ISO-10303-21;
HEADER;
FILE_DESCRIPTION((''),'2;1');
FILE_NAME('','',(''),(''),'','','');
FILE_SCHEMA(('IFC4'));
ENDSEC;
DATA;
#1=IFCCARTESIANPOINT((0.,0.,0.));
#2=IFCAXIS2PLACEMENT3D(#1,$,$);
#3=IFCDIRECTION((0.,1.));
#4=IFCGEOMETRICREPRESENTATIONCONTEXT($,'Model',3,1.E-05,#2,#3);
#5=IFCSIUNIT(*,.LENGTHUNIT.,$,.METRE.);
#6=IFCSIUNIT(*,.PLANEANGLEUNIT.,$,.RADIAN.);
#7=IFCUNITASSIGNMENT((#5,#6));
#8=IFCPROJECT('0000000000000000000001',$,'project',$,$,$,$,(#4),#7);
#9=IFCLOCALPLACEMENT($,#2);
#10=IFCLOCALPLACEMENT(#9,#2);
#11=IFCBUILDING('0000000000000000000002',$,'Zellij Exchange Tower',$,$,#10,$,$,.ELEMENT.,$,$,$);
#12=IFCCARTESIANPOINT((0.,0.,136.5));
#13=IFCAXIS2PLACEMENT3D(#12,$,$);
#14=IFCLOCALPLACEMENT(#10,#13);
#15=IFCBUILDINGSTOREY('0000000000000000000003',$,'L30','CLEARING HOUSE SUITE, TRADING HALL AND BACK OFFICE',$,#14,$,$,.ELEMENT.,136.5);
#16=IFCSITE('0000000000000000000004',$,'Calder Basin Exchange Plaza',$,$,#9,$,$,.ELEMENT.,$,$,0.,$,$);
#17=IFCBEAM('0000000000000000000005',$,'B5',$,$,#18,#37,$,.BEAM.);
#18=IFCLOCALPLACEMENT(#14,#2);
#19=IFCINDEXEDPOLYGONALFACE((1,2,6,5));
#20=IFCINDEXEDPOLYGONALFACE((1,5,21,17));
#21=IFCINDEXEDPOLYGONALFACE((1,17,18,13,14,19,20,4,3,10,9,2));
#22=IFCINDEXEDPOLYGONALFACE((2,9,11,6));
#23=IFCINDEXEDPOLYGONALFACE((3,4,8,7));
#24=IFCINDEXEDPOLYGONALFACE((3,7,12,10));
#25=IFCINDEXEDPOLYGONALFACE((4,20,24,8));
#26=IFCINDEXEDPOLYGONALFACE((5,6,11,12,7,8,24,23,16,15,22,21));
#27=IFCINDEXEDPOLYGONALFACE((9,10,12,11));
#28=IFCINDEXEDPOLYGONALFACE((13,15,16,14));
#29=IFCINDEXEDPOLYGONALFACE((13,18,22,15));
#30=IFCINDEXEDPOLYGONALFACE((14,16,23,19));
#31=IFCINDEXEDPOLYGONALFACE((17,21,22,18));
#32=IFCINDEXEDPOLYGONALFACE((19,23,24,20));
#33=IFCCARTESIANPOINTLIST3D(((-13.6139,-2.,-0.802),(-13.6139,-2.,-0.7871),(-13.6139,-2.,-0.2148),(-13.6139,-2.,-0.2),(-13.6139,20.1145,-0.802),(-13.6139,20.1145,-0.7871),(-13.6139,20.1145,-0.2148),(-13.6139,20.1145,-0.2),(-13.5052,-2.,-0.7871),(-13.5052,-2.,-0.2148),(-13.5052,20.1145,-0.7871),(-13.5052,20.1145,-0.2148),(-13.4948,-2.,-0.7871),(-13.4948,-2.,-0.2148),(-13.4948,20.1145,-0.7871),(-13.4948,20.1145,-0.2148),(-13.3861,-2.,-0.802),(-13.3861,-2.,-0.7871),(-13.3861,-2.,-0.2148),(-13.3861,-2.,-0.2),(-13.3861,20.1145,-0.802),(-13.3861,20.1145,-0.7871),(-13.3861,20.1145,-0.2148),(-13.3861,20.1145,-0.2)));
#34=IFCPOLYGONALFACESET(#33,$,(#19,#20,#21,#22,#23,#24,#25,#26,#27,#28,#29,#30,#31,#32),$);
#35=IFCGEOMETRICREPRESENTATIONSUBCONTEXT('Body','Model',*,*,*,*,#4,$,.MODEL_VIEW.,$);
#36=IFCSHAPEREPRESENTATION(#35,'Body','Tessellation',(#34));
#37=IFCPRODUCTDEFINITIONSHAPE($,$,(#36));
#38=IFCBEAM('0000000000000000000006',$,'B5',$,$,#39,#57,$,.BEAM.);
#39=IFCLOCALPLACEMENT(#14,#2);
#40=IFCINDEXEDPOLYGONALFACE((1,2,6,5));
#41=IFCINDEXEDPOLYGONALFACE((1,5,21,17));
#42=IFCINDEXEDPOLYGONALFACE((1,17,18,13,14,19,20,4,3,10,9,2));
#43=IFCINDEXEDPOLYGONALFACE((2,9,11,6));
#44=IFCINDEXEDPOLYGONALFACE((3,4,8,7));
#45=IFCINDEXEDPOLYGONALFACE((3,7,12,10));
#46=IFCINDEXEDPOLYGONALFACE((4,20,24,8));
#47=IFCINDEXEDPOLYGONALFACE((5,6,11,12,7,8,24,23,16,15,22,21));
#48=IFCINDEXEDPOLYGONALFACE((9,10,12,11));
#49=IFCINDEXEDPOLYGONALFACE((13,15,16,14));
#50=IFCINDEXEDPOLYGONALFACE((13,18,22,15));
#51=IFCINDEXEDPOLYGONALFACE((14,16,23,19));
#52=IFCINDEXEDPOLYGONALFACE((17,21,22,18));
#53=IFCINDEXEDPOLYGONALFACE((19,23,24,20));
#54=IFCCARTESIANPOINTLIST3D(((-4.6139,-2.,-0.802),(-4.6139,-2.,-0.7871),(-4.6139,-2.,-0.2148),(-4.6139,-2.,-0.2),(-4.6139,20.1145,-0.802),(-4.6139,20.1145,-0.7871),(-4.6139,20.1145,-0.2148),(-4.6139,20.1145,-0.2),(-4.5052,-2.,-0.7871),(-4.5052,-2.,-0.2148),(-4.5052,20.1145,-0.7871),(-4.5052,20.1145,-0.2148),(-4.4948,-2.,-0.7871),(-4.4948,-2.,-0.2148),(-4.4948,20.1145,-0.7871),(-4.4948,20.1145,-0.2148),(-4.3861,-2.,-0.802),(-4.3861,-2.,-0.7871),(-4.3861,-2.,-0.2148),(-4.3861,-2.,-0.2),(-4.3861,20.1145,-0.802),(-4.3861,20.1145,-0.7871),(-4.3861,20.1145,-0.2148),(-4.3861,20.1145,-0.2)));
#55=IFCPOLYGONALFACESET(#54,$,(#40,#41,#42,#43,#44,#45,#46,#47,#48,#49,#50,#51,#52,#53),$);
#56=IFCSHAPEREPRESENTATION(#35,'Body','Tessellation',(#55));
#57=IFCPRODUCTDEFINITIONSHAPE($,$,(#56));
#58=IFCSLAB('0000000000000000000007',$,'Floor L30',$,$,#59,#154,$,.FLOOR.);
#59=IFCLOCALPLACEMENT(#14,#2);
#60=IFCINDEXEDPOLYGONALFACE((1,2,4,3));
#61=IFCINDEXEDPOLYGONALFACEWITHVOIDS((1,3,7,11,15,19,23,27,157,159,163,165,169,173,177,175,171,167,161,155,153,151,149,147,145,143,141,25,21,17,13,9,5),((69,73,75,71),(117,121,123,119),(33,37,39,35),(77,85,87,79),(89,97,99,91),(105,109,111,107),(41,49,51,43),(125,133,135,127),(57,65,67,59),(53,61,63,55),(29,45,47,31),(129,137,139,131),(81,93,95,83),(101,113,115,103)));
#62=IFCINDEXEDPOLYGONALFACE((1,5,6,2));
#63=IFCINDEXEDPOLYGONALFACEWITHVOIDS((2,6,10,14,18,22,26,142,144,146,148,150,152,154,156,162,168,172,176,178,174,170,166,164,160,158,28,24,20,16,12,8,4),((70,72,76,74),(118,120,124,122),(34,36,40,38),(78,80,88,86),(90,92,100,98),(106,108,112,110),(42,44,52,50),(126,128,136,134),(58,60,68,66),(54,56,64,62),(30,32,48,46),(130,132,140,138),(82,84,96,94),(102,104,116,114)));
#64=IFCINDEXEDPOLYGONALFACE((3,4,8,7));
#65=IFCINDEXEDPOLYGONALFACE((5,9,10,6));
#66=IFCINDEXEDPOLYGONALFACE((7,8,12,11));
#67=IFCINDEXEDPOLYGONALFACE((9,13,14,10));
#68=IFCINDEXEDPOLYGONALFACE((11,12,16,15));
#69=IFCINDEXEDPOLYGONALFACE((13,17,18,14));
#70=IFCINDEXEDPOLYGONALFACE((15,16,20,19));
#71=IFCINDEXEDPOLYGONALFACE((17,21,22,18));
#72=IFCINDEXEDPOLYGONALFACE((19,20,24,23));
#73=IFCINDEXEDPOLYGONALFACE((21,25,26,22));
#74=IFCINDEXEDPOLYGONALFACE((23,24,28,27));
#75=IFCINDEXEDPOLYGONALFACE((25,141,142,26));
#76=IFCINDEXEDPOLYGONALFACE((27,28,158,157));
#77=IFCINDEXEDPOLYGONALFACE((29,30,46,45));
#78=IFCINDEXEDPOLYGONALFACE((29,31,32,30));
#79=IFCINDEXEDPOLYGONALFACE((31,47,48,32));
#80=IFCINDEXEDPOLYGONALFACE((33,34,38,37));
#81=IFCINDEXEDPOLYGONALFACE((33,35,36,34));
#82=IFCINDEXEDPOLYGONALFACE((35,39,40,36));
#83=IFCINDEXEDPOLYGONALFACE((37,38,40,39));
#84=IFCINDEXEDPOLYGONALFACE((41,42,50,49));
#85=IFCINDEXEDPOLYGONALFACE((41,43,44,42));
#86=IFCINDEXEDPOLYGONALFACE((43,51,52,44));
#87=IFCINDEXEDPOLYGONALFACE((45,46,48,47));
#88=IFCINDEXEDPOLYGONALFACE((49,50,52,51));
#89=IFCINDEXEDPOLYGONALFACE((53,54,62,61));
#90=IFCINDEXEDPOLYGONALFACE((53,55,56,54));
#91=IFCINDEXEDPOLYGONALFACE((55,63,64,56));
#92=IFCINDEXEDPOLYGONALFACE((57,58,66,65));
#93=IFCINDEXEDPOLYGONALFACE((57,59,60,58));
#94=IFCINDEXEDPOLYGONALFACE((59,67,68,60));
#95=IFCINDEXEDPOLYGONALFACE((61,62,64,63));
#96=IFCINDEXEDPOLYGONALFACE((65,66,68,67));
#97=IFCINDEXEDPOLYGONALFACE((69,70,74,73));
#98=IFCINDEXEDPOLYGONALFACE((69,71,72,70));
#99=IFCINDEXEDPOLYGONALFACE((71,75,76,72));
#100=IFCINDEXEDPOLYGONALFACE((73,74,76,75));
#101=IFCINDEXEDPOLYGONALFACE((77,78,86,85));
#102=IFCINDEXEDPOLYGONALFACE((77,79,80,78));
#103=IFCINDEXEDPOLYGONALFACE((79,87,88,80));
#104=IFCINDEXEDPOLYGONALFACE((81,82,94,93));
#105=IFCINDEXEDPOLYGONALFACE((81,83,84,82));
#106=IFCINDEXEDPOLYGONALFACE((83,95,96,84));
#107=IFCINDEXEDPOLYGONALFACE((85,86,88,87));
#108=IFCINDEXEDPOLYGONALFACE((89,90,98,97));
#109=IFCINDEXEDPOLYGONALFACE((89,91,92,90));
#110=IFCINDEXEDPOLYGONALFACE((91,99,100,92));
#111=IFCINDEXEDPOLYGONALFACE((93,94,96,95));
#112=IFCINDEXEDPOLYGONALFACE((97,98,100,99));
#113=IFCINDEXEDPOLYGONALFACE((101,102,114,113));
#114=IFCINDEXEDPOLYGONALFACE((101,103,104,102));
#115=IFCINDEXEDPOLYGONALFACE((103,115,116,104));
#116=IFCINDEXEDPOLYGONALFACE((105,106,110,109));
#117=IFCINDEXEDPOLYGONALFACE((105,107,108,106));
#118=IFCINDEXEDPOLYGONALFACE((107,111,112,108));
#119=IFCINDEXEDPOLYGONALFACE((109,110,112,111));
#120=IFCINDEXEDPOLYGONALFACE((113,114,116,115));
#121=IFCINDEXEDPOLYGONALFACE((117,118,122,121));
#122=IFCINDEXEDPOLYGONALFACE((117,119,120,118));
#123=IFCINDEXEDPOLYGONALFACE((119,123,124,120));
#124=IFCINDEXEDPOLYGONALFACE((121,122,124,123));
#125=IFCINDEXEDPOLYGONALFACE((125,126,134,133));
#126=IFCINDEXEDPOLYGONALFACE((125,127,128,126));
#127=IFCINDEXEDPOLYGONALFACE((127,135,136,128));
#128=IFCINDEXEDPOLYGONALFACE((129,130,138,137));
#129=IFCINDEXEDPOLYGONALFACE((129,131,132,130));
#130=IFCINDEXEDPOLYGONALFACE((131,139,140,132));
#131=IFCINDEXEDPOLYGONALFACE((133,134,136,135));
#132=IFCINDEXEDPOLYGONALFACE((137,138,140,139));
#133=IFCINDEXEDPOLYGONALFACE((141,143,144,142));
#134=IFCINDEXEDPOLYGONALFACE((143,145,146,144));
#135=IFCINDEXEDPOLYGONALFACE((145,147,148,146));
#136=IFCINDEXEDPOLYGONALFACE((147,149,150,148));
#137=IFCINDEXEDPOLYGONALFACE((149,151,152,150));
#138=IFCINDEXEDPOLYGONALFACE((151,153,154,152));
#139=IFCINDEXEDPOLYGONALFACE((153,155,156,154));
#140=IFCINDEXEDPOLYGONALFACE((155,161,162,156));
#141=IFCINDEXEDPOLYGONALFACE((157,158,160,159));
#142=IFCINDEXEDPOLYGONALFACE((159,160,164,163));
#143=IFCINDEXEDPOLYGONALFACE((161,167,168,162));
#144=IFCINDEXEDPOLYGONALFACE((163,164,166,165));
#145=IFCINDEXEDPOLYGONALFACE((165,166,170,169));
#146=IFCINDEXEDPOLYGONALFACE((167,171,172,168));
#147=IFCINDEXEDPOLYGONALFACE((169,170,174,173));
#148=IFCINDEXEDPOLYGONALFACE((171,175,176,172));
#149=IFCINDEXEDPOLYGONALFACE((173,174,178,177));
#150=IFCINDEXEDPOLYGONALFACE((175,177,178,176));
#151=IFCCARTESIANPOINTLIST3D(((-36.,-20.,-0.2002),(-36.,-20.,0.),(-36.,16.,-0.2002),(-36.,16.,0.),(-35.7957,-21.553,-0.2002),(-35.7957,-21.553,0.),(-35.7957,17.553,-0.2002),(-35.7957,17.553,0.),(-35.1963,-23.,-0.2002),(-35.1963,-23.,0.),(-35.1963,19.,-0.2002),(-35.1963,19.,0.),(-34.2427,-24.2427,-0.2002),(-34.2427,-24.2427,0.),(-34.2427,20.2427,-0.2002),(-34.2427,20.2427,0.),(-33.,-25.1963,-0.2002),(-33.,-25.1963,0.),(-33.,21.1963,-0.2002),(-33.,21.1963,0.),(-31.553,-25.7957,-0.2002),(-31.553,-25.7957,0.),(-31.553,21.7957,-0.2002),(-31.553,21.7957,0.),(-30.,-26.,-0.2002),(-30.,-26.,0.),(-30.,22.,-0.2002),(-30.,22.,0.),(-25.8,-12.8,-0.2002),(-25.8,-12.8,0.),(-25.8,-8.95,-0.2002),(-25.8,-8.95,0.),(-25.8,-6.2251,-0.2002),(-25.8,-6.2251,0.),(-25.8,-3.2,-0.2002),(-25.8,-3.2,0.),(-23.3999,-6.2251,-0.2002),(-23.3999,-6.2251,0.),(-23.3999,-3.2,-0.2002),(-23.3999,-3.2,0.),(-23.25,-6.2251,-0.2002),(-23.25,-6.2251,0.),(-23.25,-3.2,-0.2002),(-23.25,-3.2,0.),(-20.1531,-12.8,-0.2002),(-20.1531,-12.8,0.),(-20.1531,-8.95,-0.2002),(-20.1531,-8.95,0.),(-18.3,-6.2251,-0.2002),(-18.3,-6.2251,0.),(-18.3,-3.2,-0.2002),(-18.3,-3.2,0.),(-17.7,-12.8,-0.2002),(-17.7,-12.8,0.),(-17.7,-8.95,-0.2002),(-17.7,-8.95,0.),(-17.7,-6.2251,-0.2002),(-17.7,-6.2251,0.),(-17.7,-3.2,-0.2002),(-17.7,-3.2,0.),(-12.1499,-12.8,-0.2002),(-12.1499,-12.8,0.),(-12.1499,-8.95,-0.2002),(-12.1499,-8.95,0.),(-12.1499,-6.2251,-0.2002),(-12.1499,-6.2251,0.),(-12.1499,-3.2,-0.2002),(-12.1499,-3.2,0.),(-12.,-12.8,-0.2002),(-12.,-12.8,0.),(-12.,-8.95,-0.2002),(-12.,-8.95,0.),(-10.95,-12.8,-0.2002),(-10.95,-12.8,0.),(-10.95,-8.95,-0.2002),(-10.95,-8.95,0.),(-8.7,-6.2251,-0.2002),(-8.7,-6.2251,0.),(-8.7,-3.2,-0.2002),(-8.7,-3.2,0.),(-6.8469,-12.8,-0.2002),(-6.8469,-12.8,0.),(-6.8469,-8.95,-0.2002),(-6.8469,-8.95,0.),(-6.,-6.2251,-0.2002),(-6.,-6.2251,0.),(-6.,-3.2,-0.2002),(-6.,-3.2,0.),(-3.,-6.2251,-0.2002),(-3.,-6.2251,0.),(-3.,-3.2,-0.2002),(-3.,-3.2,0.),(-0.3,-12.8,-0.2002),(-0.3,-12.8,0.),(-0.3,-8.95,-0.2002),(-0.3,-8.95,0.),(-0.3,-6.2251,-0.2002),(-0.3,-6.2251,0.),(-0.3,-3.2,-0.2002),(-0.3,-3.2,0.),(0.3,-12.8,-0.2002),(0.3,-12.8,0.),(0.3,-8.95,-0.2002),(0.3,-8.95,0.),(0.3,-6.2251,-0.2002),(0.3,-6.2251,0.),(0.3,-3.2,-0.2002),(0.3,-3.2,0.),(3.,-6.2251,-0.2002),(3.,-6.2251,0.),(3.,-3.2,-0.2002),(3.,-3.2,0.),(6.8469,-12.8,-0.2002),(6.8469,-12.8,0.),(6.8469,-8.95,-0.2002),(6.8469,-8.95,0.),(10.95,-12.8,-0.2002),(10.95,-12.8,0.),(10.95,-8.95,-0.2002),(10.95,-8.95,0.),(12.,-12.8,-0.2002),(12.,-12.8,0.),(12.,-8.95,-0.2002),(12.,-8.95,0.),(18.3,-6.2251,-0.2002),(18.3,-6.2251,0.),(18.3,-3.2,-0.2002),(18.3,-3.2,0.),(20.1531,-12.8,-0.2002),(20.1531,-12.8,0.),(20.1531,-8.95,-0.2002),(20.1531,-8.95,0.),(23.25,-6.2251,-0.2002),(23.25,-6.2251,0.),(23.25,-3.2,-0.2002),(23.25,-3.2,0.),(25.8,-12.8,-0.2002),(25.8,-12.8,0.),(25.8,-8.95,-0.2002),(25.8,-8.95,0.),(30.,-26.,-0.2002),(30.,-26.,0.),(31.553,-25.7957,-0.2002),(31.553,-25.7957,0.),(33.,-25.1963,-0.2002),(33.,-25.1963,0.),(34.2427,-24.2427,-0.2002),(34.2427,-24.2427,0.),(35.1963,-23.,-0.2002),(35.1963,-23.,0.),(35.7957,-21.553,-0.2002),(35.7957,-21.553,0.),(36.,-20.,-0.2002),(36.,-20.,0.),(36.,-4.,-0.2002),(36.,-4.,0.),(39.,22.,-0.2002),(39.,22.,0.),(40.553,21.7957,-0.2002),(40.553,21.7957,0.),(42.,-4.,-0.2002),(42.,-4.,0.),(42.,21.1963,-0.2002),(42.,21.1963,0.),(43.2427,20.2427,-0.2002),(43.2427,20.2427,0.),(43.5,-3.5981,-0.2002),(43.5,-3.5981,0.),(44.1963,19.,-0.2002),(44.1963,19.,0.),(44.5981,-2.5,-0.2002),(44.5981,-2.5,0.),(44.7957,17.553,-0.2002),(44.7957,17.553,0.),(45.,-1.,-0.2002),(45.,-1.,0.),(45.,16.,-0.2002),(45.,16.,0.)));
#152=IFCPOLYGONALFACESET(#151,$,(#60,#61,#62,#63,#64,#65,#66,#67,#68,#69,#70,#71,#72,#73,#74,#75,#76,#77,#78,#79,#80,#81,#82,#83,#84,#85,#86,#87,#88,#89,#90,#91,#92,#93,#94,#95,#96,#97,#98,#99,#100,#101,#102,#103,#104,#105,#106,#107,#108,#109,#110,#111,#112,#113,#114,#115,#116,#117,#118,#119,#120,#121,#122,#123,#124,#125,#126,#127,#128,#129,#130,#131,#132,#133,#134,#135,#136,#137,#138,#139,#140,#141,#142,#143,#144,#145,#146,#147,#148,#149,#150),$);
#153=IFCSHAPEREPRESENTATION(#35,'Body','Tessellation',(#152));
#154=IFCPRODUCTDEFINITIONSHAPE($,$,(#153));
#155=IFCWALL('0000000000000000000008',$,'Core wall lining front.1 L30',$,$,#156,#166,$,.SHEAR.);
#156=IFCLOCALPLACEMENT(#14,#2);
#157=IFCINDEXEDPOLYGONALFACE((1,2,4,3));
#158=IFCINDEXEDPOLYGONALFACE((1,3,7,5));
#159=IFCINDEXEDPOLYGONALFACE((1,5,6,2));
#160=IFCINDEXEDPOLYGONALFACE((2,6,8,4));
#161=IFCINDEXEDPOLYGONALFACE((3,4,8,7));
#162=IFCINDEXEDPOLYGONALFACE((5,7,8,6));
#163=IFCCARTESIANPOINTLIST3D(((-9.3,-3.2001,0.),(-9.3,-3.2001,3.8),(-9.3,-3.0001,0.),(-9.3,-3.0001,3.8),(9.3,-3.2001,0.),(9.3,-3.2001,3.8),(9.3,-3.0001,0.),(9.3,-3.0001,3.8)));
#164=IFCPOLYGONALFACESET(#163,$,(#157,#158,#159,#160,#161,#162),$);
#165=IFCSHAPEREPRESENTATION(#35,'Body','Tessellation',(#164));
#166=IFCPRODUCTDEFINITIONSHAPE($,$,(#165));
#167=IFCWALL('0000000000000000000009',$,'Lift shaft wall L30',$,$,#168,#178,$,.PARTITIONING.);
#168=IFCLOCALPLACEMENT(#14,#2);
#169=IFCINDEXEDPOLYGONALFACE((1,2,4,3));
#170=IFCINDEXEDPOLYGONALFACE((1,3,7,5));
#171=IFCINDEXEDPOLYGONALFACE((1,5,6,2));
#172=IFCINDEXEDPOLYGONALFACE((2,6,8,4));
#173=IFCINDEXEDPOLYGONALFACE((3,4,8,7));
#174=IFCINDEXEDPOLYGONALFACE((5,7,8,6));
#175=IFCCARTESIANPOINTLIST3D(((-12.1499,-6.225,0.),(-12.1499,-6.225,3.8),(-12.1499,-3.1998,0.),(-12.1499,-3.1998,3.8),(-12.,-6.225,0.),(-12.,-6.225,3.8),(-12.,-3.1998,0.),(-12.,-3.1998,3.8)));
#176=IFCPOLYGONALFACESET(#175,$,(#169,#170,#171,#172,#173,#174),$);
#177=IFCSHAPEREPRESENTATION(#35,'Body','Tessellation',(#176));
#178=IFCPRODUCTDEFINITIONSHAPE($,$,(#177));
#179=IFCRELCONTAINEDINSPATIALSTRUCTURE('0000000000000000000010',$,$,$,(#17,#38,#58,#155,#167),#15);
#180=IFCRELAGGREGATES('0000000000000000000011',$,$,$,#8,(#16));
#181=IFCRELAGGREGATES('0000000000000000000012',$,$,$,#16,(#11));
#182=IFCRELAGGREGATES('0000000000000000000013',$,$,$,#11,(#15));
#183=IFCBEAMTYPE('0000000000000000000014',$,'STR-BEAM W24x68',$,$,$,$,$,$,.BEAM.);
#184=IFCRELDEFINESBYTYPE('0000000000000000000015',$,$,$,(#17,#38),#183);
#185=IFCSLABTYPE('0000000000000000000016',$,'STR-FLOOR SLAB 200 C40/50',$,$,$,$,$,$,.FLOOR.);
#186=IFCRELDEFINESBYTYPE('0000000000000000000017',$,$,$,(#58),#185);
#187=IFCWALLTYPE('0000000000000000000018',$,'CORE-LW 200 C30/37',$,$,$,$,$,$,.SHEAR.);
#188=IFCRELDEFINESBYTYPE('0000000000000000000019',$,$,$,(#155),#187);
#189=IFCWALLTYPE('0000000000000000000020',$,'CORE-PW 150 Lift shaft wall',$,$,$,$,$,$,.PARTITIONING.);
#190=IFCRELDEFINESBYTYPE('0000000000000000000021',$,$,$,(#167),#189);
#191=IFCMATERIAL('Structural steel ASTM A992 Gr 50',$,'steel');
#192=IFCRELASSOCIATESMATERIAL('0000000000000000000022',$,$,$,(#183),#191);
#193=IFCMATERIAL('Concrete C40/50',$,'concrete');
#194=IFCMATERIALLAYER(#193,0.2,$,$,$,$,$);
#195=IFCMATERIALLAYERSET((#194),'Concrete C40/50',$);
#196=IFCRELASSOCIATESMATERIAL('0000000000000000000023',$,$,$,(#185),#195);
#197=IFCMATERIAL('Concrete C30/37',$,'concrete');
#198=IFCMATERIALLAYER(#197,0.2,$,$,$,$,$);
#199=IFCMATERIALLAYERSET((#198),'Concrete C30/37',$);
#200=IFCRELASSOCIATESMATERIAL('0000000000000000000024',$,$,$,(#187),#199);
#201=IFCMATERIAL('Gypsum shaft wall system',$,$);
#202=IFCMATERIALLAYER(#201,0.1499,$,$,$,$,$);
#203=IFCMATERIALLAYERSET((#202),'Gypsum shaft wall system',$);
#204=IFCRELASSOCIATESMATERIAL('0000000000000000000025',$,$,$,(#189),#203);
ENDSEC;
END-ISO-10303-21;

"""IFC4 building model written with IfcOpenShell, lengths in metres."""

from ifc_helpers import new_model, si_unit, direction, frame, frame_2d, origin, origin_2d, place, context, subcontext, project, spatial, polyline, rectangle, i_section, outline, extrude, material, layer, layer_set, material_profile, profile_set, type_object, element, save


model = new_model("IFC4")

# Units and contexts
model_context = context("Model", 3, precision=1e-05, world=origin(), true_north=direction((0.0, 1.0)))
body_context = subcontext(model_context, "Body", "Model", "MODEL_VIEW")
ifc_project = project(units=[si_unit("LENGTHUNIT", "METRE"), si_unit("PLANEANGLEUNIT", "RADIAN")], contexts=[model_context])

# Site, building, storey
site_placement = place(None, origin())
site = spatial("IfcSite", under=ifc_project, at=site_placement, Name="Calder Basin Exchange Plaza", CompositionType="ELEMENT", RefElevation=0.0)
building_placement = place(site_placement, origin())
building = spatial("IfcBuilding", under=site, at=building_placement, Name="Zellij Exchange Tower", CompositionType="ELEMENT")
storey_placement = place(building_placement, frame((0.0, 0.0, 136.5)))
storey = spatial("IfcBuildingStorey", under=building, at=storey_placement, Name="L30", Description="CLEARING HOUSE SUITE, TRADING HALL AND BACK OFFICE", CompositionType="ELEMENT", Elevation=136.5)

# Beams
ifc_material_1 = material(Name="Structural steel ASTM A992 Gr 50", Category="steel")
ifc_material_profile = material_profile(ifc_material_1, i_section(OverallWidth=0.2278, OverallDepth=0.6021, WebThickness=0.0105, FlangeThickness=0.0149, at=origin_2d()), Name="W24x68")
ifc_profile_set = profile_set([ifc_material_profile], Name="Structural steel ASTM A992 Gr 50")
beam_type = type_object("IfcBeamType", Name="STR-BEAM W24x68", PredefinedType="BEAM", material=ifc_profile_set)
for number, where, z_axis, x_axis, name in (
    (1, (-13.5, -2.0, -0.501), (0.0, 1.0, 0.0), (-1.0, 0.0, 0.0), "B5"),
    (2, (-4.5, -2.0, -0.501), (0.0, 1.0, 0.0), (-1.0, 0.0, 0.0), "B5"),
):
    element("IfcBeam", number, at=place(storey_placement, frame(where, z_axis=z_axis, x_axis=x_axis)), inside=storey, type_object=beam_type, Name=name, PredefinedType="BEAM", context=body_context, shape_type="SweptSolid", body=[
        extrude(i_section(OverallWidth=0.2278, OverallDepth=0.6021, WebThickness=0.0105, FlangeThickness=0.0149, at=origin_2d()), origin(), (0.0, 0.0, 1.0), 22.1145),
    ])

# Slab
ifc_material_2 = material(Name="Concrete C40/50", Category="concrete")
ifc_layer_1 = layer(ifc_material_2, 0.2)
ifc_layer_set_1 = layer_set([ifc_layer_1], Name="Concrete C40/50")
slab_type = type_object("IfcSlabType", Name="STR-FLOOR SLAB 200 C40/50", PredefinedType="FLOOR", material=ifc_layer_set_1)
slab_placement = place(storey_placement, frame((0.0, 0.0, -0.2002)))
element("IfcSlab", 3, at=slab_placement, inside=storey, type_object=slab_type, Name="Floor L30", PredefinedType="FLOOR", context=body_context, shape_type="SweptSolid", body=[
    extrude(outline(polyline([(35.7957, -21.553), (35.1963, -23.0), (34.2427, -24.2427), (33.0, -25.1963), (31.553, -25.7957), (30.0, -26.0), (-30.0, -26.0), (-31.553, -25.7957), (-33.0, -25.1963), (-34.2427, -24.2427), (-35.1963, -23.0), (-35.7957, -21.553), (-36.0, -20.0), (-36.0, 16.0), (-35.7957, 17.553), (-35.1963, 19.0), (-34.2427, 20.2427), (-33.0, 21.1963), (-31.553, 21.7957), (-30.0, 22.0), (39.0, 22.0), (40.553, 21.7957), (42.0, 21.1963), (43.2427, 20.2427), (44.1963, 19.0), (44.7957, 17.553), (45.0, 16.0), (45.0, -1.0), (44.5981, -2.5), (43.5, -3.5981), (42.0, -4.0), (36.0, -4.0), (36.0, -20.0), (35.7957, -21.553)]), holes=[polyline([(-25.8, -8.95), (-25.8, -12.8), (-20.1531, -12.8), (-20.1531, -8.95), (-25.8, -8.95)]), polyline([(-12.1499, -8.95), (-17.7, -8.95), (-17.7, -12.8), (-12.1499, -12.8), (-12.1499, -8.95)]), polyline([(-10.95, -8.95), (-12.0, -8.95), (-12.0, -12.8), (-10.95, -12.8), (-10.95, -8.95)]), polyline([(-23.3999, -3.2), (-25.8, -3.2), (-25.8, -6.2251), (-23.3999, -6.2251), (-23.3999, -3.2)]), polyline([(-18.3, -3.2), (-23.25, -3.2), (-23.25, -6.2251), (-18.3, -6.2251), (-18.3, -3.2)]), polyline([(-12.1499, -3.2), (-17.7, -3.2), (-17.7, -6.2251), (-12.1499, -6.2251), (-12.1499, -3.2)]), polyline([(-6.0, -3.2), (-8.7, -3.2), (-8.7, -6.2251), (-6.0, -6.2251), (-6.0, -3.2)]), polyline([(-6.8469, -8.95), (-6.8469, -12.8), (-0.3, -12.8), (-0.3, -8.95), (-6.8469, -8.95)]), polyline([(6.8469, -8.95), (0.3, -8.95), (0.3, -12.8), (6.8469, -12.8), (6.8469, -8.95)]), polyline([(12.0, -8.95), (10.95, -8.95), (10.95, -12.8), (12.0, -12.8), (12.0, -8.95)]), polyline([(25.8, -8.95), (20.1531, -8.95), (20.1531, -12.8), (25.8, -12.8), (25.8, -8.95)]), polyline([(-0.3, -3.2), (-3.0, -3.2), (-3.0, -6.2251), (-0.3, -6.2251), (-0.3, -3.2)]), polyline([(3.0, -3.2), (0.3, -3.2), (0.3, -6.2251), (3.0, -6.2251), (3.0, -3.2)]), polyline([(23.25, -3.2), (18.3, -3.2), (18.3, -6.2251), (23.25, -6.2251), (23.25, -3.2)])]), origin(), (0.0, 0.0, 1.0), 0.2002),
])

# Walls
ifc_material_3 = material(Name="Concrete C30/37", Category="concrete")
ifc_layer_2 = layer(ifc_material_3, 0.2)
ifc_layer_set_2 = layer_set([ifc_layer_2], Name="Concrete C30/37")
wall_type_1 = type_object("IfcWallType", Name="CORE-LW 200 C30/37", PredefinedType="SHEAR", material=ifc_layer_set_2)
wall_1_placement = place(storey_placement, frame((-9.3, -3.1001, 0.0), z_axis=(0.0, 0.0, 1.0), x_axis=(1.0, 0.0, 0.0)))
element("IfcWall", 4, at=wall_1_placement, inside=storey, type_object=wall_type_1, Name="Core wall lining front.1 L30", PredefinedType="SHEAR", context=body_context, shape_type="SweptSolid", body=[
    extrude(rectangle(XDim=18.6001, YDim=0.2, at=frame_2d((9.3, 0.0))), origin(), (0.0, 0.0, 1.0), 3.8),
])
ifc_material_4 = material(Name="Gypsum shaft wall system")
ifc_layer_3 = layer(ifc_material_4, 0.1499)
ifc_layer_set_3 = layer_set([ifc_layer_3], Name="Gypsum shaft wall system")
wall_type_2 = type_object("IfcWallType", Name="CORE-PW 150 Lift shaft wall", PredefinedType="PARTITIONING", material=ifc_layer_set_3)
for number, where, z_axis, x_axis, name in (
    (5, (-12.075, -6.2251, 0.0), (0.0, 0.0, 1.0), (0.0, 1.0, 0.0), "Lift shaft wall L30"),
):
    element("IfcWall", number, at=place(storey_placement, frame(where, z_axis=z_axis, x_axis=x_axis)), inside=storey, type_object=wall_type_2, Name=name, PredefinedType="PARTITIONING", context=body_context, shape_type="SweptSolid", body=[
        extrude(rectangle(XDim=3.0251, YDim=0.1499, at=frame_2d((1.5127, 0.0))), origin(), (0.0, 0.0, 1.0), 3.8),
    ])

save(model, "model.ifc")
